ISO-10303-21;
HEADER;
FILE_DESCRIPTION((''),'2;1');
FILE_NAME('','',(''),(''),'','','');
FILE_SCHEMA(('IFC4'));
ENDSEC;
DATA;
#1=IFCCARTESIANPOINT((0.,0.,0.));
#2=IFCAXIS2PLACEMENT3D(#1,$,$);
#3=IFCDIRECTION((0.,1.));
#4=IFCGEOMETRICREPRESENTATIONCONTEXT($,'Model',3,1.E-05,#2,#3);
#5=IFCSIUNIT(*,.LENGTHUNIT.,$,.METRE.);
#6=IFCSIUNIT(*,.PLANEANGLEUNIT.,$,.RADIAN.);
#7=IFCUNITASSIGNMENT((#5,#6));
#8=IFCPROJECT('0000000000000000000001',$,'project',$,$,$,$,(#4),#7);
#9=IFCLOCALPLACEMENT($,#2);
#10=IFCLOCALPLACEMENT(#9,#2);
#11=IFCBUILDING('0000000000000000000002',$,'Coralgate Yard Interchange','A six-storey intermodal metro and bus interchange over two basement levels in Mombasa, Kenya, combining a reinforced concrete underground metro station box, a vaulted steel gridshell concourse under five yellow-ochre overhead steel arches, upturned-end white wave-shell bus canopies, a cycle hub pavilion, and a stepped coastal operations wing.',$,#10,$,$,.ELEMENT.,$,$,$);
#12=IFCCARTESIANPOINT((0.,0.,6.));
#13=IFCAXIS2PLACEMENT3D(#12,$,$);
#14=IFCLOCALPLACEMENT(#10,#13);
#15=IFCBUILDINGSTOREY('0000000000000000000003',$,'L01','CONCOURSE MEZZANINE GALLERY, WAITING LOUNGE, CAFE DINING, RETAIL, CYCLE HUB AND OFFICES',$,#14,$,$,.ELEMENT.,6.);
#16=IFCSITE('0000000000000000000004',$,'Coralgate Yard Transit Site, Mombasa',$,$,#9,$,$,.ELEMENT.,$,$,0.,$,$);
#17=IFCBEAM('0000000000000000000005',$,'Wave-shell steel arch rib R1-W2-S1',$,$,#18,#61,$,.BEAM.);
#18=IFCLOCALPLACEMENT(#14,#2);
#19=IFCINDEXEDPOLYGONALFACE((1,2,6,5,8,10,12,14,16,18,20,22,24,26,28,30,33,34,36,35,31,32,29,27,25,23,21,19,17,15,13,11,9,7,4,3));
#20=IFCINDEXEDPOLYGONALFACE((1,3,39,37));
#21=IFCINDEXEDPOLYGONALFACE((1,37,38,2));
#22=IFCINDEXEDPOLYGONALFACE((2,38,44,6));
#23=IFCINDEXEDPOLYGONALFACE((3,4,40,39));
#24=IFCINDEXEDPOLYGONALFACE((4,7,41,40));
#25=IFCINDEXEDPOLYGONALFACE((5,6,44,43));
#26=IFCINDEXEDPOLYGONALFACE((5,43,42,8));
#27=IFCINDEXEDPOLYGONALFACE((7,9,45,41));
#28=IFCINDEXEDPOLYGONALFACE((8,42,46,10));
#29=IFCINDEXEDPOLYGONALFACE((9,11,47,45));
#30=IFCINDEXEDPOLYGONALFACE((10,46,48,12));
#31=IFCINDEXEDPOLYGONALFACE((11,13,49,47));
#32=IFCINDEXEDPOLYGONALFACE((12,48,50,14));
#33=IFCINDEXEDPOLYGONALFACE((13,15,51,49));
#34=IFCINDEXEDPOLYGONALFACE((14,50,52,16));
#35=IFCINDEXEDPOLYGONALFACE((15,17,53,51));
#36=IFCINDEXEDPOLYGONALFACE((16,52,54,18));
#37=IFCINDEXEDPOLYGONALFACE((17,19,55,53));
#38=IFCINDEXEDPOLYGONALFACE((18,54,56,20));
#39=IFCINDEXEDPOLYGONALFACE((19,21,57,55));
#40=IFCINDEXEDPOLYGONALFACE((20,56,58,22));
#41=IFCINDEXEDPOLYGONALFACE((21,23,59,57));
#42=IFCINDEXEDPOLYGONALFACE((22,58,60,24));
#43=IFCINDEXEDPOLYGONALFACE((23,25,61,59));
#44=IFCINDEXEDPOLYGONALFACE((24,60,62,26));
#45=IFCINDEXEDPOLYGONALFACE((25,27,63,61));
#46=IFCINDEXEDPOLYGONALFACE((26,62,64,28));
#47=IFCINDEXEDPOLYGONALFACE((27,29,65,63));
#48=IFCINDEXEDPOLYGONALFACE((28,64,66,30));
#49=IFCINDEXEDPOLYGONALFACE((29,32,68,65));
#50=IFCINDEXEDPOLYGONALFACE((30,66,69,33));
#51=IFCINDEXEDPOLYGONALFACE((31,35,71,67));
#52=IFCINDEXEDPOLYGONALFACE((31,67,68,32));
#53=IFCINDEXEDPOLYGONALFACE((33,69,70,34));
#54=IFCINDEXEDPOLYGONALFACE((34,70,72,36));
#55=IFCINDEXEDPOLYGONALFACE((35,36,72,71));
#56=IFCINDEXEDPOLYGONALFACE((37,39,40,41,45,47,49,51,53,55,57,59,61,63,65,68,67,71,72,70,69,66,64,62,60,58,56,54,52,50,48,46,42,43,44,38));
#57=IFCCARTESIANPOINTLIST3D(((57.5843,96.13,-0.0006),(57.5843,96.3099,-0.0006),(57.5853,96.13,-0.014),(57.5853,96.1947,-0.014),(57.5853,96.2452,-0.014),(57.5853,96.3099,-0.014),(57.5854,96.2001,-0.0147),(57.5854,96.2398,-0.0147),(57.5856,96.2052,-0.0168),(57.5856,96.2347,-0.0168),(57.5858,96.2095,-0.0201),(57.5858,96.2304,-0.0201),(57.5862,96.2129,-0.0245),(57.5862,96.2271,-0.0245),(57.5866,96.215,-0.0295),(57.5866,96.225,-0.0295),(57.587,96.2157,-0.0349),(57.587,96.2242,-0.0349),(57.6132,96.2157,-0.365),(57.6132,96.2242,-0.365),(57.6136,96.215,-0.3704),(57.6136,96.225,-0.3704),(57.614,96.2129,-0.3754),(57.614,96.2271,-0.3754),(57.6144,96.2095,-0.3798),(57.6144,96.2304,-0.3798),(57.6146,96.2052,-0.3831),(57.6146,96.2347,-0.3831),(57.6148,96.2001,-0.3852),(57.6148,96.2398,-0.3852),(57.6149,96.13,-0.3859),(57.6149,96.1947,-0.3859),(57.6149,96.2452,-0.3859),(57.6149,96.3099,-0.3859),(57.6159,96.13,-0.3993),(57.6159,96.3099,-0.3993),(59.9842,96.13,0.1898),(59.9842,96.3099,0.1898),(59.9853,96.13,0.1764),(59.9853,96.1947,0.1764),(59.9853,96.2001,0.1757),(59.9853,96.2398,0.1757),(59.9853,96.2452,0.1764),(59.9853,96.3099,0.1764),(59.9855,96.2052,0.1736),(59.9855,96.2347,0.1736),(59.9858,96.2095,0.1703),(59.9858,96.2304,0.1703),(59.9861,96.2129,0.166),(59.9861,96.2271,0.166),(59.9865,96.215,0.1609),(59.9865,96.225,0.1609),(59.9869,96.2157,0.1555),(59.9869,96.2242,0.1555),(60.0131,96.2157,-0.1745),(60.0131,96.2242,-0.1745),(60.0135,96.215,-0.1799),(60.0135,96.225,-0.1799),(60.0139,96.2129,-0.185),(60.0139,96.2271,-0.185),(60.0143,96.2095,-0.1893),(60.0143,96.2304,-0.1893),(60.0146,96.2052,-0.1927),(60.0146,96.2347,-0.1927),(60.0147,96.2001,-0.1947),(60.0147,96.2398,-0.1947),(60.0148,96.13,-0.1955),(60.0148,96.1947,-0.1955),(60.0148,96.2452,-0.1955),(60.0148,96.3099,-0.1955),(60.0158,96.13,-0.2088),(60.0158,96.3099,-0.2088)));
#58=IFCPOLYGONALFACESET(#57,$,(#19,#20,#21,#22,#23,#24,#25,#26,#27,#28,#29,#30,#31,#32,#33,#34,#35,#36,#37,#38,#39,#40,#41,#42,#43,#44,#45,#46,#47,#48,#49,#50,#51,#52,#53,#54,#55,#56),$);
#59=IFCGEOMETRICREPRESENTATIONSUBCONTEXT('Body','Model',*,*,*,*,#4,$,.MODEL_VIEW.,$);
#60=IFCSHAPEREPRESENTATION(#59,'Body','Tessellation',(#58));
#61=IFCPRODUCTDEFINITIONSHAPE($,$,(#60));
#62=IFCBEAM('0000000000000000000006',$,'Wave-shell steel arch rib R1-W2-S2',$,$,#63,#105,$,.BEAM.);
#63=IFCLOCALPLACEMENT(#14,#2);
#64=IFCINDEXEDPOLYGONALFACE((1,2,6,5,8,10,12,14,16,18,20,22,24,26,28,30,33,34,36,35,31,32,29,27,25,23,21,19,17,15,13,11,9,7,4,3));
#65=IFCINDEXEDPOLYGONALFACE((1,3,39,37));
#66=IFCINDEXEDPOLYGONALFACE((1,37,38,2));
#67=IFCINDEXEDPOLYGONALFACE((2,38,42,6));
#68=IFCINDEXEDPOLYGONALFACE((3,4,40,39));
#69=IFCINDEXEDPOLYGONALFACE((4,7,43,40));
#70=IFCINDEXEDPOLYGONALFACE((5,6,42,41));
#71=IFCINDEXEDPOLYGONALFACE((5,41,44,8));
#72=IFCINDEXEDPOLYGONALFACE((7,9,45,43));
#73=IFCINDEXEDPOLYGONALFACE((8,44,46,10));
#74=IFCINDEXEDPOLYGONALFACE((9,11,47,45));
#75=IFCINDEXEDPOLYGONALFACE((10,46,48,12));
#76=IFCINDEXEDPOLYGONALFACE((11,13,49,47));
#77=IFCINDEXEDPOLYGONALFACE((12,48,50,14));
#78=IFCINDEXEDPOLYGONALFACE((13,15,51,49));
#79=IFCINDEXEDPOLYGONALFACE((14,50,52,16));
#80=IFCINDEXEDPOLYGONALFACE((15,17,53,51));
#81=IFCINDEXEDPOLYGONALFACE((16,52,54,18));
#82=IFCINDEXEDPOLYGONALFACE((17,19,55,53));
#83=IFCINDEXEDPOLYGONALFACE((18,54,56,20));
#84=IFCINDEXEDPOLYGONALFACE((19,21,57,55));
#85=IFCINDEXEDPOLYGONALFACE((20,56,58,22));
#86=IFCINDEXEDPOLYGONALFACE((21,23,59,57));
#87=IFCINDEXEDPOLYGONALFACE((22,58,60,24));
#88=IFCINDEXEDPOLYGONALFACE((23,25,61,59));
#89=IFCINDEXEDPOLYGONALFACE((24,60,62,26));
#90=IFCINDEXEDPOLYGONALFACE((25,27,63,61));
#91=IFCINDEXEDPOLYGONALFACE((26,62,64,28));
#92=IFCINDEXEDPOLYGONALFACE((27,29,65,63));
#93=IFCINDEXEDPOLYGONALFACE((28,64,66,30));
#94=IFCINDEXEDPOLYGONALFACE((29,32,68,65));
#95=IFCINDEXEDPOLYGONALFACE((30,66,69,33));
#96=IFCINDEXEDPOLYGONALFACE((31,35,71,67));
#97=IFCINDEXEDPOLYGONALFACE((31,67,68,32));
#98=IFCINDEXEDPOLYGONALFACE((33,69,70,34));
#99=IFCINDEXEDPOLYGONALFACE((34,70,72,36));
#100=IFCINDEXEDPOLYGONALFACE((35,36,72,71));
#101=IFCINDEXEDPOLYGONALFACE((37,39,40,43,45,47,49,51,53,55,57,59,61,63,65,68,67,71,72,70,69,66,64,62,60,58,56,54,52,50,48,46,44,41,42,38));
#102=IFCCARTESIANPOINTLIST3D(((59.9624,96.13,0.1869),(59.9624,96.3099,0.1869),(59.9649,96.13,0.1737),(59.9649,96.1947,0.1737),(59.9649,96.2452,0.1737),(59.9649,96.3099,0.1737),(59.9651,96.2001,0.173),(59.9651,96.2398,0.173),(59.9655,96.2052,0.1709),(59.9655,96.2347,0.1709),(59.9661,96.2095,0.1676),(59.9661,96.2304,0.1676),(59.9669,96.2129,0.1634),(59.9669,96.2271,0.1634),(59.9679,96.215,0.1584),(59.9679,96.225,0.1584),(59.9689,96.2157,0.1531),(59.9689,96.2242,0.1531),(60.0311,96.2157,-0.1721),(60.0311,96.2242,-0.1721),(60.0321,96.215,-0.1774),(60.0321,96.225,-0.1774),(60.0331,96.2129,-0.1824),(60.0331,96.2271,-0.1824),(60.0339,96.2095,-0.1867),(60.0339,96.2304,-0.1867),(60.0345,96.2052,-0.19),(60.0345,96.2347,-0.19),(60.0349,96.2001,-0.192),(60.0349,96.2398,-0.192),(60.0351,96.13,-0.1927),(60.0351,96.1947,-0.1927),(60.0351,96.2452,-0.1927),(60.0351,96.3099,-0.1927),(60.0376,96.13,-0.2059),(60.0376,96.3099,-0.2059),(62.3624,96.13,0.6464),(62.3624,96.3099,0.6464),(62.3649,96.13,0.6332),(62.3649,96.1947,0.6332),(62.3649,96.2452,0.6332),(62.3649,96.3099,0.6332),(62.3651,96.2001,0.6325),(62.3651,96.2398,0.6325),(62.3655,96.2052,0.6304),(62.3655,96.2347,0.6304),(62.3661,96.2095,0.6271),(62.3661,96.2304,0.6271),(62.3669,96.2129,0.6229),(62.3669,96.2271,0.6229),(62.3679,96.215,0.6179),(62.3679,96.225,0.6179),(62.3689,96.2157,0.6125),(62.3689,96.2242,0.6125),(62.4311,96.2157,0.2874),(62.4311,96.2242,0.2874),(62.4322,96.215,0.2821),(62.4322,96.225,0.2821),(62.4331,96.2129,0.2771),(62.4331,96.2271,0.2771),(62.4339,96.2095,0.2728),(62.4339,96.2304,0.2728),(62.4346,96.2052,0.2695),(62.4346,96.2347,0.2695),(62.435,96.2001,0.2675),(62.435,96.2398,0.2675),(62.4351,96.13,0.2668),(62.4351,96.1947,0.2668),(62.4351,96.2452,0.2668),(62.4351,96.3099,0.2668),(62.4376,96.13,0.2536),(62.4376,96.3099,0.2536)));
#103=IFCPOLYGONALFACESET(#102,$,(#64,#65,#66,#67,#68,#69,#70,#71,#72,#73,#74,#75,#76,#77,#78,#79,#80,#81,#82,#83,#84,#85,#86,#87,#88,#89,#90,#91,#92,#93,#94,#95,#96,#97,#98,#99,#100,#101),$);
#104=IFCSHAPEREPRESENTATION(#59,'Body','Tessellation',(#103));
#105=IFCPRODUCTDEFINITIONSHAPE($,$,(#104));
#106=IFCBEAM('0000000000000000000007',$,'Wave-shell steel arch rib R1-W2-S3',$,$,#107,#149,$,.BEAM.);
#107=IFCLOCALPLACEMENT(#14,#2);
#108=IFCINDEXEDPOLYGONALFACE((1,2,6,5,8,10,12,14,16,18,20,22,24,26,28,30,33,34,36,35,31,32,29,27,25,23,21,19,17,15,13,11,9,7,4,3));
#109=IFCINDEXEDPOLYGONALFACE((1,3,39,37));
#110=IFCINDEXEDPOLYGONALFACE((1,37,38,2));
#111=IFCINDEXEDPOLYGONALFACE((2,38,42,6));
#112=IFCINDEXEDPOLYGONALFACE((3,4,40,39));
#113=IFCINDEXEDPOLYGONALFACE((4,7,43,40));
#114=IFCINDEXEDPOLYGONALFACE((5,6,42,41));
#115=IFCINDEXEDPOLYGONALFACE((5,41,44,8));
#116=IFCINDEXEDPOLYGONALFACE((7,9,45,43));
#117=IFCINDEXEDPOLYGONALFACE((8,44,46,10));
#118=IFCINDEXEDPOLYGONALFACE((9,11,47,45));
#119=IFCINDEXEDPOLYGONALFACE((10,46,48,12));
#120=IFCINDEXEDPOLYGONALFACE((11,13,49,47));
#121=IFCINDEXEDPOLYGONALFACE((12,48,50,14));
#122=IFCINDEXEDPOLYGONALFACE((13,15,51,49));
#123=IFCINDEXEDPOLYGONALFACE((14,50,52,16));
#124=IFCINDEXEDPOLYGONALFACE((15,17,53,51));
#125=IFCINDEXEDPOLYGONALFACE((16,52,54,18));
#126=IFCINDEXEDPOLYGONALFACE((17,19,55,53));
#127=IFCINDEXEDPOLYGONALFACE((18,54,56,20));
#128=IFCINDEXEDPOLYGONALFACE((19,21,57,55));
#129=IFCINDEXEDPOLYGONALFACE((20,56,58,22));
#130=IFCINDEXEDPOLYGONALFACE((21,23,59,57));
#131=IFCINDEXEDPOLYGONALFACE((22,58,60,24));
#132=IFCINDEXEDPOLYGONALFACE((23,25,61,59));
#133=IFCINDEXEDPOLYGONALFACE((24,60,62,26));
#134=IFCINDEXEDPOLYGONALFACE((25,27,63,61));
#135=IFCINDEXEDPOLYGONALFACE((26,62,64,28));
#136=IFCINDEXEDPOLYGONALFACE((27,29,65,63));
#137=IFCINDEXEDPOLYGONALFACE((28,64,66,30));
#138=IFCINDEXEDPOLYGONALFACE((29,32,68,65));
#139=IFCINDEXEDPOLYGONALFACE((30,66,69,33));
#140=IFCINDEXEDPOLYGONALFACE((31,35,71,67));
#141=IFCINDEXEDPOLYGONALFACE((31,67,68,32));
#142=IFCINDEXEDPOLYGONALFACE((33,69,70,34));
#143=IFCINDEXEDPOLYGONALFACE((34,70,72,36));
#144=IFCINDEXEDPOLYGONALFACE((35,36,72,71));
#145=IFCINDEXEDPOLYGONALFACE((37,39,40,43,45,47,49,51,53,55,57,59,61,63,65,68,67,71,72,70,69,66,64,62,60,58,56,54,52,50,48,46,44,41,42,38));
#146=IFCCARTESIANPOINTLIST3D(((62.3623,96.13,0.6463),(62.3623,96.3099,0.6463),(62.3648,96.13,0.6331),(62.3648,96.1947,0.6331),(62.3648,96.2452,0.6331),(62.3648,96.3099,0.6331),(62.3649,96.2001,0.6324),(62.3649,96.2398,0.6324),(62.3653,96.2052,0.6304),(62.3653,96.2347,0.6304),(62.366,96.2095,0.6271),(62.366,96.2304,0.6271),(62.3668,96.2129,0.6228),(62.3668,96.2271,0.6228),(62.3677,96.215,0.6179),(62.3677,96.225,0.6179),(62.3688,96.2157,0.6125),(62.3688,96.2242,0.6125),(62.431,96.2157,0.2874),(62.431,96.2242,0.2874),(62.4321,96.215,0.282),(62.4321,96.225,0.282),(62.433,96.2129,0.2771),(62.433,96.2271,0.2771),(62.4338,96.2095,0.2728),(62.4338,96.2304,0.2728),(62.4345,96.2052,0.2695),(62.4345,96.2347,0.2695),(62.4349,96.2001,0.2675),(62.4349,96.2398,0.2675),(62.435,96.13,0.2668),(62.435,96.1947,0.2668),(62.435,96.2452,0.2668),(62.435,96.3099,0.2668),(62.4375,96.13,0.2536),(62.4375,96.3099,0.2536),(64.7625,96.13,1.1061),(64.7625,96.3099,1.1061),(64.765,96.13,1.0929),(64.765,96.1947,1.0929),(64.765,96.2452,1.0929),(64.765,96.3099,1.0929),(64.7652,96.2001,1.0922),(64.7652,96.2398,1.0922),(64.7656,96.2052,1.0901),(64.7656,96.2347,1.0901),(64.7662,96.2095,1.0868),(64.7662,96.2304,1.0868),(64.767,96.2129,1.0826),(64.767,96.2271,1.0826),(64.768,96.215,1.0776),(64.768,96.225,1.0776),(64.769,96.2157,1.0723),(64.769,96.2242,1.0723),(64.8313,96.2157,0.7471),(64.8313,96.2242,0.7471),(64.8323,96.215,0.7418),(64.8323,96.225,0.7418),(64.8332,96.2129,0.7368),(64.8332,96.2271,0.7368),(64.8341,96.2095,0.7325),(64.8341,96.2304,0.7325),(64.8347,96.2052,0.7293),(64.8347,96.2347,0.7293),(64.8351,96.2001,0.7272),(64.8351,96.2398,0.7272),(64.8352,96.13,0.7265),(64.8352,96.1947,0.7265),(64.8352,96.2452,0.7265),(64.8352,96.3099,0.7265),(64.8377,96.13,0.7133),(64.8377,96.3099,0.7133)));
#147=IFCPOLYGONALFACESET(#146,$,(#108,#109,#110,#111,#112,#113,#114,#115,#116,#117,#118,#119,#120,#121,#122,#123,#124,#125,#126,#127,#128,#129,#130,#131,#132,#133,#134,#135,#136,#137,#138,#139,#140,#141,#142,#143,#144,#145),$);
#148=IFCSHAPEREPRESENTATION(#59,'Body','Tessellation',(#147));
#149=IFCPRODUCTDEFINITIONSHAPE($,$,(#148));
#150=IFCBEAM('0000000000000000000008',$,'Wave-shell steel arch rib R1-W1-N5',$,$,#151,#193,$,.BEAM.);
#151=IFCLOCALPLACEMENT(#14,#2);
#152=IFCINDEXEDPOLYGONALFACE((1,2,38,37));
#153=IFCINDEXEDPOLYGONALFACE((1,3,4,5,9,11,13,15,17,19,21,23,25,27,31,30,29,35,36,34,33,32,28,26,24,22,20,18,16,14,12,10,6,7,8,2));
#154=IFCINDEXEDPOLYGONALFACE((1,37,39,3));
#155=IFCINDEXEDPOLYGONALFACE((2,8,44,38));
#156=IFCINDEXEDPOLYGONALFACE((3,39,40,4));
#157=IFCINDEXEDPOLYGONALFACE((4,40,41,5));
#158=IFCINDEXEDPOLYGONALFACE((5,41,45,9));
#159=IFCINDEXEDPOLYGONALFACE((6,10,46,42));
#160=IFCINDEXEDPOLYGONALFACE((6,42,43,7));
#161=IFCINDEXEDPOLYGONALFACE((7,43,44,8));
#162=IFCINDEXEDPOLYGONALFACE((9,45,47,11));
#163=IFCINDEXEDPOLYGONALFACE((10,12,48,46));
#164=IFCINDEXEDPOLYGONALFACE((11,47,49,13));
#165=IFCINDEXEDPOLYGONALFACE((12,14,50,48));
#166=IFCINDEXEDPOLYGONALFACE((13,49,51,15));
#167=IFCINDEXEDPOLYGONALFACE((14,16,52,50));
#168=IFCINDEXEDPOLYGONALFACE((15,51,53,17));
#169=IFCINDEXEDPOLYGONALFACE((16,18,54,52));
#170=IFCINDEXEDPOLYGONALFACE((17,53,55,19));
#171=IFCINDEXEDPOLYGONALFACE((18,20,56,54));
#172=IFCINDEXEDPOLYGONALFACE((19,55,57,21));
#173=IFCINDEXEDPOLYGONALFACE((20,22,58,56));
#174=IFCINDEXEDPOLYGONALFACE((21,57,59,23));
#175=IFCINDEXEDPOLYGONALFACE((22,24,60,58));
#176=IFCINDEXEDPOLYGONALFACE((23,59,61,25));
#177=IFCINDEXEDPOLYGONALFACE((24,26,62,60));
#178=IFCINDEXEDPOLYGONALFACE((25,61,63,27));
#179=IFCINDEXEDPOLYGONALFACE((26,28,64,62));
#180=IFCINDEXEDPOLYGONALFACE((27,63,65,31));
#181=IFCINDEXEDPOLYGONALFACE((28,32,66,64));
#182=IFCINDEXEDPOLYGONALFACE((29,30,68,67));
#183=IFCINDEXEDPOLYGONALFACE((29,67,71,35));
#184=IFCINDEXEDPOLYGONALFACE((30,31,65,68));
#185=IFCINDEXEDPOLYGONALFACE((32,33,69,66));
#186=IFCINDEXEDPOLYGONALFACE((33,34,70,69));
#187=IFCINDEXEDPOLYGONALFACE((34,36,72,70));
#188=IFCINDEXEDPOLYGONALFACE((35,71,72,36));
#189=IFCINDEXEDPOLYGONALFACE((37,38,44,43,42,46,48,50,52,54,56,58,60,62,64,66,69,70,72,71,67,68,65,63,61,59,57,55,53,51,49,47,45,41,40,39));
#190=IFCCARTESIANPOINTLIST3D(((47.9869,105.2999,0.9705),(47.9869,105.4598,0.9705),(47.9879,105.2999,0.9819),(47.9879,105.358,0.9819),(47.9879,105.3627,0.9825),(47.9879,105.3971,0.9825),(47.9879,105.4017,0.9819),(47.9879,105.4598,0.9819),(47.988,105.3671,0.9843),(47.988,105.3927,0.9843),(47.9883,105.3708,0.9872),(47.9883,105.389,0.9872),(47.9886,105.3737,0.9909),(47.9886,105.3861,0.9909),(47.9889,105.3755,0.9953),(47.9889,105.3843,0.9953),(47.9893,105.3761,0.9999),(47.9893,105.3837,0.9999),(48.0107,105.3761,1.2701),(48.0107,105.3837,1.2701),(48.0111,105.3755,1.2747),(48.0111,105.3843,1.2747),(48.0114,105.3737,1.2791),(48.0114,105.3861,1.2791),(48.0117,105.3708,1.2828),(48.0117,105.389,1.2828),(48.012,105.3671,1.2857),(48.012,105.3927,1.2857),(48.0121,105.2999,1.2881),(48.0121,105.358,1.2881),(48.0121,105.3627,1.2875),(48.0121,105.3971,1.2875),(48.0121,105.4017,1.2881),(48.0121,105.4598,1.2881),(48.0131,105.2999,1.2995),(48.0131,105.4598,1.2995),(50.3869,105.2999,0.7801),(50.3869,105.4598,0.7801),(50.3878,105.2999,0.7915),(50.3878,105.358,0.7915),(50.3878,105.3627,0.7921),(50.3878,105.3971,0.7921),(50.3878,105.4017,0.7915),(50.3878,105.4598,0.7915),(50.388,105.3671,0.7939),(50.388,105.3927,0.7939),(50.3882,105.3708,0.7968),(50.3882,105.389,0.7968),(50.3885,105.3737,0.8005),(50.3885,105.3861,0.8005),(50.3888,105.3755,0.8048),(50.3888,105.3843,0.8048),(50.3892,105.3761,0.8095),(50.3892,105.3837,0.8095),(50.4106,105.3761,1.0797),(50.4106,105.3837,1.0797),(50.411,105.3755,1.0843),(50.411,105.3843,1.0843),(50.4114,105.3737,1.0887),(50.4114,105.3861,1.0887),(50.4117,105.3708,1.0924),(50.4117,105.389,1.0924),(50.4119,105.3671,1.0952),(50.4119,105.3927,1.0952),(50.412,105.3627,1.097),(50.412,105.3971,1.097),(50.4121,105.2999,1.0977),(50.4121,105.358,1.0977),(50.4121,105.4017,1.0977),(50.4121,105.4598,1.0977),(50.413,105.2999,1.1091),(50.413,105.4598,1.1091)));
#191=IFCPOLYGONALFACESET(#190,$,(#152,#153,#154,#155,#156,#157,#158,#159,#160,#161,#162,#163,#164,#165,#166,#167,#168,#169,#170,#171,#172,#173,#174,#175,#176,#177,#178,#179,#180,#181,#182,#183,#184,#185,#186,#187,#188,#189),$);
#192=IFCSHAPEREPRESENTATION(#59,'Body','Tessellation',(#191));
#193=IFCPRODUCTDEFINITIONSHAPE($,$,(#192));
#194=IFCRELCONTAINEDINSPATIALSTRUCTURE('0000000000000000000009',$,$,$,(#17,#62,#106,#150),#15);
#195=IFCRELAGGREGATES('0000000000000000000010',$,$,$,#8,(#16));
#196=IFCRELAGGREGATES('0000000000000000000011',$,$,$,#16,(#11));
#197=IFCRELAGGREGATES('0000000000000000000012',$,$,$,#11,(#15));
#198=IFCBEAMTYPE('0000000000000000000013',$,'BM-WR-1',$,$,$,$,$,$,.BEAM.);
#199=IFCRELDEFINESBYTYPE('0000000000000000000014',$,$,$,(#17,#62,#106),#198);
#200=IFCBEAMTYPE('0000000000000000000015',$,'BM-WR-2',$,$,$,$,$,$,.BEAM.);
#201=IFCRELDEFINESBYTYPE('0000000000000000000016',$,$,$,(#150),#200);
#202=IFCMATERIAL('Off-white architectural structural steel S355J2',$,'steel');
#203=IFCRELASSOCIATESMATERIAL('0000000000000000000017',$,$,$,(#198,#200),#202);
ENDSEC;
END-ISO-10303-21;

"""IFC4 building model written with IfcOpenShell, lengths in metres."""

from ifc_helpers import new_model, si_unit, direction, frame, origin, origin_2d, place, context, subcontext, project, spatial, i_section, extrude, material, material_profile, profile_set, type_object, element, save


model = new_model("IFC4")

# Units and contexts
model_context = context("Model", 3, precision=1e-05, world=origin(), true_north=direction((0.0, 1.0)))
body_context = subcontext(model_context, "Body", "Model", "MODEL_VIEW")
ifc_project = project(units=[si_unit("LENGTHUNIT", "METRE"), si_unit("PLANEANGLEUNIT", "RADIAN")], contexts=[model_context])

# Site, building, storey
site_placement = place(None, origin())
site = spatial("IfcSite", under=ifc_project, at=site_placement, Name="Coralgate Yard Transit Site, Mombasa", CompositionType="ELEMENT", RefElevation=0.0)
building_placement = place(site_placement, origin())
building = spatial("IfcBuilding", under=site, at=building_placement, Name="Coralgate Yard Interchange", Description="A six-storey intermodal metro and bus interchange over two basement levels in Mombasa, Kenya, combining a reinforced concrete underground metro station box, a vaulted steel gridshell concourse under five yellow-ochre overhead steel arches, upturned-end white wave-shell bus canopies, a cycle hub pavilion, and a stepped coastal operations wing.", CompositionType="ELEMENT")
storey_placement = place(building_placement, frame((0.0, 0.0, 6.0)))
storey = spatial("IfcBuildingStorey", under=building, at=storey_placement, Name="L01", Description="CONCOURSE MEZZANINE GALLERY, WAITING LOUNGE, CAFE DINING, RETAIL, CYCLE HUB AND OFFICES", CompositionType="ELEMENT", Elevation=6.0)

# Beams
ifc_material_1 = material(Name="Off-white architectural structural steel S355J2", Category="steel")
ifc_material_profile_1 = material_profile(ifc_material_1, i_section(OverallWidth=0.1799, OverallDepth=0.3999, WebThickness=0.0085, FlangeThickness=0.0134, FilletRadius=0.021, at=origin_2d()), Name="IPE 400")
ifc_profile_set_1 = profile_set([ifc_material_profile_1], Name="Off-white architectural structural steel S355J2")
beam_type_1 = type_object("IfcBeamType", Name="BM-WR-1", PredefinedType="BEAM", material=ifc_profile_set_1)
beam_1_placement = place(storey_placement, frame((57.6001, 96.22, -0.2), z_axis=(0.996867, 0.0, 0.0791), x_axis=(0.0, 1.0, 0.0)))
element("IfcBeam", 1, at=beam_1_placement, inside=storey, type_object=beam_type_1, Name="Wave-shell steel arch rib R1-W2-S1", PredefinedType="BEAM", context=body_context, shape_type="SweptSolid", body=[
    extrude(i_section(OverallWidth=0.1799, OverallDepth=0.3999, WebThickness=0.0085, FlangeThickness=0.0134, FilletRadius=0.021, at=origin_2d()), origin(), (0.0, 0.0, 1.0), 2.4075),
])
beam_2_placement = place(storey_placement, frame((60.0, 96.22, -0.0095), z_axis=(0.982161, 0.0, 0.188039), x_axis=(0.0, 1.0, 0.0)))
element("IfcBeam", 2, at=beam_2_placement, inside=storey, type_object=beam_type_1, Name="Wave-shell steel arch rib R1-W2-S2", PredefinedType="BEAM", context=body_context, shape_type="SweptSolid", body=[
    extrude(i_section(OverallWidth=0.1799, OverallDepth=0.3999, WebThickness=0.0085, FlangeThickness=0.0134, FilletRadius=0.021, at=origin_2d()), origin(), (0.0, 0.0, 1.0), 2.4436),
])
beam_3_placement = place(storey_placement, frame((62.3999, 96.22, 0.45), z_axis=(0.982147, 0.0, 0.188117), x_axis=(0.0, 1.0, 0.0)))
element("IfcBeam", 3, at=beam_3_placement, inside=storey, type_object=beam_type_1, Name="Wave-shell steel arch rib R1-W2-S3", PredefinedType="BEAM", context=body_context, shape_type="SweptSolid", body=[
    extrude(i_section(OverallWidth=0.1799, OverallDepth=0.3999, WebThickness=0.0085, FlangeThickness=0.0134, FilletRadius=0.021, at=origin_2d()), origin(), (0.0, 0.0, 1.0), 2.4438),
])
ifc_material_profile_2 = material_profile(ifc_material_1, i_section(OverallWidth=0.1599, OverallDepth=0.3301, WebThickness=0.0076, FlangeThickness=0.0115, FilletRadius=0.0181, at=origin_2d()), Name="IPE 330")
ifc_profile_set_2 = profile_set([ifc_material_profile_2], Name="Off-white architectural structural steel S355J2")
beam_type_2 = type_object("IfcBeamType", Name="BM-WR-2", PredefinedType="BEAM", material=ifc_profile_set_2)
beam_4_placement = place(storey_placement, frame((48.0, 105.3799, 1.135), z_axis=(0.996867, 0.0, -0.0791), x_axis=(0.0, 1.0, 0.0)))
element("IfcBeam", 4, at=beam_4_placement, inside=storey, type_object=beam_type_2, Name="Wave-shell steel arch rib R1-W1-N5", PredefinedType="BEAM", context=body_context, shape_type="SweptSolid", body=[
    extrude(i_section(OverallWidth=0.1599, OverallDepth=0.3301, WebThickness=0.0076, FlangeThickness=0.0115, FilletRadius=0.0181, at=origin_2d()), origin(), (0.0, 0.0, 1.0), 2.4075),
])

save(model, "model.ifc")
